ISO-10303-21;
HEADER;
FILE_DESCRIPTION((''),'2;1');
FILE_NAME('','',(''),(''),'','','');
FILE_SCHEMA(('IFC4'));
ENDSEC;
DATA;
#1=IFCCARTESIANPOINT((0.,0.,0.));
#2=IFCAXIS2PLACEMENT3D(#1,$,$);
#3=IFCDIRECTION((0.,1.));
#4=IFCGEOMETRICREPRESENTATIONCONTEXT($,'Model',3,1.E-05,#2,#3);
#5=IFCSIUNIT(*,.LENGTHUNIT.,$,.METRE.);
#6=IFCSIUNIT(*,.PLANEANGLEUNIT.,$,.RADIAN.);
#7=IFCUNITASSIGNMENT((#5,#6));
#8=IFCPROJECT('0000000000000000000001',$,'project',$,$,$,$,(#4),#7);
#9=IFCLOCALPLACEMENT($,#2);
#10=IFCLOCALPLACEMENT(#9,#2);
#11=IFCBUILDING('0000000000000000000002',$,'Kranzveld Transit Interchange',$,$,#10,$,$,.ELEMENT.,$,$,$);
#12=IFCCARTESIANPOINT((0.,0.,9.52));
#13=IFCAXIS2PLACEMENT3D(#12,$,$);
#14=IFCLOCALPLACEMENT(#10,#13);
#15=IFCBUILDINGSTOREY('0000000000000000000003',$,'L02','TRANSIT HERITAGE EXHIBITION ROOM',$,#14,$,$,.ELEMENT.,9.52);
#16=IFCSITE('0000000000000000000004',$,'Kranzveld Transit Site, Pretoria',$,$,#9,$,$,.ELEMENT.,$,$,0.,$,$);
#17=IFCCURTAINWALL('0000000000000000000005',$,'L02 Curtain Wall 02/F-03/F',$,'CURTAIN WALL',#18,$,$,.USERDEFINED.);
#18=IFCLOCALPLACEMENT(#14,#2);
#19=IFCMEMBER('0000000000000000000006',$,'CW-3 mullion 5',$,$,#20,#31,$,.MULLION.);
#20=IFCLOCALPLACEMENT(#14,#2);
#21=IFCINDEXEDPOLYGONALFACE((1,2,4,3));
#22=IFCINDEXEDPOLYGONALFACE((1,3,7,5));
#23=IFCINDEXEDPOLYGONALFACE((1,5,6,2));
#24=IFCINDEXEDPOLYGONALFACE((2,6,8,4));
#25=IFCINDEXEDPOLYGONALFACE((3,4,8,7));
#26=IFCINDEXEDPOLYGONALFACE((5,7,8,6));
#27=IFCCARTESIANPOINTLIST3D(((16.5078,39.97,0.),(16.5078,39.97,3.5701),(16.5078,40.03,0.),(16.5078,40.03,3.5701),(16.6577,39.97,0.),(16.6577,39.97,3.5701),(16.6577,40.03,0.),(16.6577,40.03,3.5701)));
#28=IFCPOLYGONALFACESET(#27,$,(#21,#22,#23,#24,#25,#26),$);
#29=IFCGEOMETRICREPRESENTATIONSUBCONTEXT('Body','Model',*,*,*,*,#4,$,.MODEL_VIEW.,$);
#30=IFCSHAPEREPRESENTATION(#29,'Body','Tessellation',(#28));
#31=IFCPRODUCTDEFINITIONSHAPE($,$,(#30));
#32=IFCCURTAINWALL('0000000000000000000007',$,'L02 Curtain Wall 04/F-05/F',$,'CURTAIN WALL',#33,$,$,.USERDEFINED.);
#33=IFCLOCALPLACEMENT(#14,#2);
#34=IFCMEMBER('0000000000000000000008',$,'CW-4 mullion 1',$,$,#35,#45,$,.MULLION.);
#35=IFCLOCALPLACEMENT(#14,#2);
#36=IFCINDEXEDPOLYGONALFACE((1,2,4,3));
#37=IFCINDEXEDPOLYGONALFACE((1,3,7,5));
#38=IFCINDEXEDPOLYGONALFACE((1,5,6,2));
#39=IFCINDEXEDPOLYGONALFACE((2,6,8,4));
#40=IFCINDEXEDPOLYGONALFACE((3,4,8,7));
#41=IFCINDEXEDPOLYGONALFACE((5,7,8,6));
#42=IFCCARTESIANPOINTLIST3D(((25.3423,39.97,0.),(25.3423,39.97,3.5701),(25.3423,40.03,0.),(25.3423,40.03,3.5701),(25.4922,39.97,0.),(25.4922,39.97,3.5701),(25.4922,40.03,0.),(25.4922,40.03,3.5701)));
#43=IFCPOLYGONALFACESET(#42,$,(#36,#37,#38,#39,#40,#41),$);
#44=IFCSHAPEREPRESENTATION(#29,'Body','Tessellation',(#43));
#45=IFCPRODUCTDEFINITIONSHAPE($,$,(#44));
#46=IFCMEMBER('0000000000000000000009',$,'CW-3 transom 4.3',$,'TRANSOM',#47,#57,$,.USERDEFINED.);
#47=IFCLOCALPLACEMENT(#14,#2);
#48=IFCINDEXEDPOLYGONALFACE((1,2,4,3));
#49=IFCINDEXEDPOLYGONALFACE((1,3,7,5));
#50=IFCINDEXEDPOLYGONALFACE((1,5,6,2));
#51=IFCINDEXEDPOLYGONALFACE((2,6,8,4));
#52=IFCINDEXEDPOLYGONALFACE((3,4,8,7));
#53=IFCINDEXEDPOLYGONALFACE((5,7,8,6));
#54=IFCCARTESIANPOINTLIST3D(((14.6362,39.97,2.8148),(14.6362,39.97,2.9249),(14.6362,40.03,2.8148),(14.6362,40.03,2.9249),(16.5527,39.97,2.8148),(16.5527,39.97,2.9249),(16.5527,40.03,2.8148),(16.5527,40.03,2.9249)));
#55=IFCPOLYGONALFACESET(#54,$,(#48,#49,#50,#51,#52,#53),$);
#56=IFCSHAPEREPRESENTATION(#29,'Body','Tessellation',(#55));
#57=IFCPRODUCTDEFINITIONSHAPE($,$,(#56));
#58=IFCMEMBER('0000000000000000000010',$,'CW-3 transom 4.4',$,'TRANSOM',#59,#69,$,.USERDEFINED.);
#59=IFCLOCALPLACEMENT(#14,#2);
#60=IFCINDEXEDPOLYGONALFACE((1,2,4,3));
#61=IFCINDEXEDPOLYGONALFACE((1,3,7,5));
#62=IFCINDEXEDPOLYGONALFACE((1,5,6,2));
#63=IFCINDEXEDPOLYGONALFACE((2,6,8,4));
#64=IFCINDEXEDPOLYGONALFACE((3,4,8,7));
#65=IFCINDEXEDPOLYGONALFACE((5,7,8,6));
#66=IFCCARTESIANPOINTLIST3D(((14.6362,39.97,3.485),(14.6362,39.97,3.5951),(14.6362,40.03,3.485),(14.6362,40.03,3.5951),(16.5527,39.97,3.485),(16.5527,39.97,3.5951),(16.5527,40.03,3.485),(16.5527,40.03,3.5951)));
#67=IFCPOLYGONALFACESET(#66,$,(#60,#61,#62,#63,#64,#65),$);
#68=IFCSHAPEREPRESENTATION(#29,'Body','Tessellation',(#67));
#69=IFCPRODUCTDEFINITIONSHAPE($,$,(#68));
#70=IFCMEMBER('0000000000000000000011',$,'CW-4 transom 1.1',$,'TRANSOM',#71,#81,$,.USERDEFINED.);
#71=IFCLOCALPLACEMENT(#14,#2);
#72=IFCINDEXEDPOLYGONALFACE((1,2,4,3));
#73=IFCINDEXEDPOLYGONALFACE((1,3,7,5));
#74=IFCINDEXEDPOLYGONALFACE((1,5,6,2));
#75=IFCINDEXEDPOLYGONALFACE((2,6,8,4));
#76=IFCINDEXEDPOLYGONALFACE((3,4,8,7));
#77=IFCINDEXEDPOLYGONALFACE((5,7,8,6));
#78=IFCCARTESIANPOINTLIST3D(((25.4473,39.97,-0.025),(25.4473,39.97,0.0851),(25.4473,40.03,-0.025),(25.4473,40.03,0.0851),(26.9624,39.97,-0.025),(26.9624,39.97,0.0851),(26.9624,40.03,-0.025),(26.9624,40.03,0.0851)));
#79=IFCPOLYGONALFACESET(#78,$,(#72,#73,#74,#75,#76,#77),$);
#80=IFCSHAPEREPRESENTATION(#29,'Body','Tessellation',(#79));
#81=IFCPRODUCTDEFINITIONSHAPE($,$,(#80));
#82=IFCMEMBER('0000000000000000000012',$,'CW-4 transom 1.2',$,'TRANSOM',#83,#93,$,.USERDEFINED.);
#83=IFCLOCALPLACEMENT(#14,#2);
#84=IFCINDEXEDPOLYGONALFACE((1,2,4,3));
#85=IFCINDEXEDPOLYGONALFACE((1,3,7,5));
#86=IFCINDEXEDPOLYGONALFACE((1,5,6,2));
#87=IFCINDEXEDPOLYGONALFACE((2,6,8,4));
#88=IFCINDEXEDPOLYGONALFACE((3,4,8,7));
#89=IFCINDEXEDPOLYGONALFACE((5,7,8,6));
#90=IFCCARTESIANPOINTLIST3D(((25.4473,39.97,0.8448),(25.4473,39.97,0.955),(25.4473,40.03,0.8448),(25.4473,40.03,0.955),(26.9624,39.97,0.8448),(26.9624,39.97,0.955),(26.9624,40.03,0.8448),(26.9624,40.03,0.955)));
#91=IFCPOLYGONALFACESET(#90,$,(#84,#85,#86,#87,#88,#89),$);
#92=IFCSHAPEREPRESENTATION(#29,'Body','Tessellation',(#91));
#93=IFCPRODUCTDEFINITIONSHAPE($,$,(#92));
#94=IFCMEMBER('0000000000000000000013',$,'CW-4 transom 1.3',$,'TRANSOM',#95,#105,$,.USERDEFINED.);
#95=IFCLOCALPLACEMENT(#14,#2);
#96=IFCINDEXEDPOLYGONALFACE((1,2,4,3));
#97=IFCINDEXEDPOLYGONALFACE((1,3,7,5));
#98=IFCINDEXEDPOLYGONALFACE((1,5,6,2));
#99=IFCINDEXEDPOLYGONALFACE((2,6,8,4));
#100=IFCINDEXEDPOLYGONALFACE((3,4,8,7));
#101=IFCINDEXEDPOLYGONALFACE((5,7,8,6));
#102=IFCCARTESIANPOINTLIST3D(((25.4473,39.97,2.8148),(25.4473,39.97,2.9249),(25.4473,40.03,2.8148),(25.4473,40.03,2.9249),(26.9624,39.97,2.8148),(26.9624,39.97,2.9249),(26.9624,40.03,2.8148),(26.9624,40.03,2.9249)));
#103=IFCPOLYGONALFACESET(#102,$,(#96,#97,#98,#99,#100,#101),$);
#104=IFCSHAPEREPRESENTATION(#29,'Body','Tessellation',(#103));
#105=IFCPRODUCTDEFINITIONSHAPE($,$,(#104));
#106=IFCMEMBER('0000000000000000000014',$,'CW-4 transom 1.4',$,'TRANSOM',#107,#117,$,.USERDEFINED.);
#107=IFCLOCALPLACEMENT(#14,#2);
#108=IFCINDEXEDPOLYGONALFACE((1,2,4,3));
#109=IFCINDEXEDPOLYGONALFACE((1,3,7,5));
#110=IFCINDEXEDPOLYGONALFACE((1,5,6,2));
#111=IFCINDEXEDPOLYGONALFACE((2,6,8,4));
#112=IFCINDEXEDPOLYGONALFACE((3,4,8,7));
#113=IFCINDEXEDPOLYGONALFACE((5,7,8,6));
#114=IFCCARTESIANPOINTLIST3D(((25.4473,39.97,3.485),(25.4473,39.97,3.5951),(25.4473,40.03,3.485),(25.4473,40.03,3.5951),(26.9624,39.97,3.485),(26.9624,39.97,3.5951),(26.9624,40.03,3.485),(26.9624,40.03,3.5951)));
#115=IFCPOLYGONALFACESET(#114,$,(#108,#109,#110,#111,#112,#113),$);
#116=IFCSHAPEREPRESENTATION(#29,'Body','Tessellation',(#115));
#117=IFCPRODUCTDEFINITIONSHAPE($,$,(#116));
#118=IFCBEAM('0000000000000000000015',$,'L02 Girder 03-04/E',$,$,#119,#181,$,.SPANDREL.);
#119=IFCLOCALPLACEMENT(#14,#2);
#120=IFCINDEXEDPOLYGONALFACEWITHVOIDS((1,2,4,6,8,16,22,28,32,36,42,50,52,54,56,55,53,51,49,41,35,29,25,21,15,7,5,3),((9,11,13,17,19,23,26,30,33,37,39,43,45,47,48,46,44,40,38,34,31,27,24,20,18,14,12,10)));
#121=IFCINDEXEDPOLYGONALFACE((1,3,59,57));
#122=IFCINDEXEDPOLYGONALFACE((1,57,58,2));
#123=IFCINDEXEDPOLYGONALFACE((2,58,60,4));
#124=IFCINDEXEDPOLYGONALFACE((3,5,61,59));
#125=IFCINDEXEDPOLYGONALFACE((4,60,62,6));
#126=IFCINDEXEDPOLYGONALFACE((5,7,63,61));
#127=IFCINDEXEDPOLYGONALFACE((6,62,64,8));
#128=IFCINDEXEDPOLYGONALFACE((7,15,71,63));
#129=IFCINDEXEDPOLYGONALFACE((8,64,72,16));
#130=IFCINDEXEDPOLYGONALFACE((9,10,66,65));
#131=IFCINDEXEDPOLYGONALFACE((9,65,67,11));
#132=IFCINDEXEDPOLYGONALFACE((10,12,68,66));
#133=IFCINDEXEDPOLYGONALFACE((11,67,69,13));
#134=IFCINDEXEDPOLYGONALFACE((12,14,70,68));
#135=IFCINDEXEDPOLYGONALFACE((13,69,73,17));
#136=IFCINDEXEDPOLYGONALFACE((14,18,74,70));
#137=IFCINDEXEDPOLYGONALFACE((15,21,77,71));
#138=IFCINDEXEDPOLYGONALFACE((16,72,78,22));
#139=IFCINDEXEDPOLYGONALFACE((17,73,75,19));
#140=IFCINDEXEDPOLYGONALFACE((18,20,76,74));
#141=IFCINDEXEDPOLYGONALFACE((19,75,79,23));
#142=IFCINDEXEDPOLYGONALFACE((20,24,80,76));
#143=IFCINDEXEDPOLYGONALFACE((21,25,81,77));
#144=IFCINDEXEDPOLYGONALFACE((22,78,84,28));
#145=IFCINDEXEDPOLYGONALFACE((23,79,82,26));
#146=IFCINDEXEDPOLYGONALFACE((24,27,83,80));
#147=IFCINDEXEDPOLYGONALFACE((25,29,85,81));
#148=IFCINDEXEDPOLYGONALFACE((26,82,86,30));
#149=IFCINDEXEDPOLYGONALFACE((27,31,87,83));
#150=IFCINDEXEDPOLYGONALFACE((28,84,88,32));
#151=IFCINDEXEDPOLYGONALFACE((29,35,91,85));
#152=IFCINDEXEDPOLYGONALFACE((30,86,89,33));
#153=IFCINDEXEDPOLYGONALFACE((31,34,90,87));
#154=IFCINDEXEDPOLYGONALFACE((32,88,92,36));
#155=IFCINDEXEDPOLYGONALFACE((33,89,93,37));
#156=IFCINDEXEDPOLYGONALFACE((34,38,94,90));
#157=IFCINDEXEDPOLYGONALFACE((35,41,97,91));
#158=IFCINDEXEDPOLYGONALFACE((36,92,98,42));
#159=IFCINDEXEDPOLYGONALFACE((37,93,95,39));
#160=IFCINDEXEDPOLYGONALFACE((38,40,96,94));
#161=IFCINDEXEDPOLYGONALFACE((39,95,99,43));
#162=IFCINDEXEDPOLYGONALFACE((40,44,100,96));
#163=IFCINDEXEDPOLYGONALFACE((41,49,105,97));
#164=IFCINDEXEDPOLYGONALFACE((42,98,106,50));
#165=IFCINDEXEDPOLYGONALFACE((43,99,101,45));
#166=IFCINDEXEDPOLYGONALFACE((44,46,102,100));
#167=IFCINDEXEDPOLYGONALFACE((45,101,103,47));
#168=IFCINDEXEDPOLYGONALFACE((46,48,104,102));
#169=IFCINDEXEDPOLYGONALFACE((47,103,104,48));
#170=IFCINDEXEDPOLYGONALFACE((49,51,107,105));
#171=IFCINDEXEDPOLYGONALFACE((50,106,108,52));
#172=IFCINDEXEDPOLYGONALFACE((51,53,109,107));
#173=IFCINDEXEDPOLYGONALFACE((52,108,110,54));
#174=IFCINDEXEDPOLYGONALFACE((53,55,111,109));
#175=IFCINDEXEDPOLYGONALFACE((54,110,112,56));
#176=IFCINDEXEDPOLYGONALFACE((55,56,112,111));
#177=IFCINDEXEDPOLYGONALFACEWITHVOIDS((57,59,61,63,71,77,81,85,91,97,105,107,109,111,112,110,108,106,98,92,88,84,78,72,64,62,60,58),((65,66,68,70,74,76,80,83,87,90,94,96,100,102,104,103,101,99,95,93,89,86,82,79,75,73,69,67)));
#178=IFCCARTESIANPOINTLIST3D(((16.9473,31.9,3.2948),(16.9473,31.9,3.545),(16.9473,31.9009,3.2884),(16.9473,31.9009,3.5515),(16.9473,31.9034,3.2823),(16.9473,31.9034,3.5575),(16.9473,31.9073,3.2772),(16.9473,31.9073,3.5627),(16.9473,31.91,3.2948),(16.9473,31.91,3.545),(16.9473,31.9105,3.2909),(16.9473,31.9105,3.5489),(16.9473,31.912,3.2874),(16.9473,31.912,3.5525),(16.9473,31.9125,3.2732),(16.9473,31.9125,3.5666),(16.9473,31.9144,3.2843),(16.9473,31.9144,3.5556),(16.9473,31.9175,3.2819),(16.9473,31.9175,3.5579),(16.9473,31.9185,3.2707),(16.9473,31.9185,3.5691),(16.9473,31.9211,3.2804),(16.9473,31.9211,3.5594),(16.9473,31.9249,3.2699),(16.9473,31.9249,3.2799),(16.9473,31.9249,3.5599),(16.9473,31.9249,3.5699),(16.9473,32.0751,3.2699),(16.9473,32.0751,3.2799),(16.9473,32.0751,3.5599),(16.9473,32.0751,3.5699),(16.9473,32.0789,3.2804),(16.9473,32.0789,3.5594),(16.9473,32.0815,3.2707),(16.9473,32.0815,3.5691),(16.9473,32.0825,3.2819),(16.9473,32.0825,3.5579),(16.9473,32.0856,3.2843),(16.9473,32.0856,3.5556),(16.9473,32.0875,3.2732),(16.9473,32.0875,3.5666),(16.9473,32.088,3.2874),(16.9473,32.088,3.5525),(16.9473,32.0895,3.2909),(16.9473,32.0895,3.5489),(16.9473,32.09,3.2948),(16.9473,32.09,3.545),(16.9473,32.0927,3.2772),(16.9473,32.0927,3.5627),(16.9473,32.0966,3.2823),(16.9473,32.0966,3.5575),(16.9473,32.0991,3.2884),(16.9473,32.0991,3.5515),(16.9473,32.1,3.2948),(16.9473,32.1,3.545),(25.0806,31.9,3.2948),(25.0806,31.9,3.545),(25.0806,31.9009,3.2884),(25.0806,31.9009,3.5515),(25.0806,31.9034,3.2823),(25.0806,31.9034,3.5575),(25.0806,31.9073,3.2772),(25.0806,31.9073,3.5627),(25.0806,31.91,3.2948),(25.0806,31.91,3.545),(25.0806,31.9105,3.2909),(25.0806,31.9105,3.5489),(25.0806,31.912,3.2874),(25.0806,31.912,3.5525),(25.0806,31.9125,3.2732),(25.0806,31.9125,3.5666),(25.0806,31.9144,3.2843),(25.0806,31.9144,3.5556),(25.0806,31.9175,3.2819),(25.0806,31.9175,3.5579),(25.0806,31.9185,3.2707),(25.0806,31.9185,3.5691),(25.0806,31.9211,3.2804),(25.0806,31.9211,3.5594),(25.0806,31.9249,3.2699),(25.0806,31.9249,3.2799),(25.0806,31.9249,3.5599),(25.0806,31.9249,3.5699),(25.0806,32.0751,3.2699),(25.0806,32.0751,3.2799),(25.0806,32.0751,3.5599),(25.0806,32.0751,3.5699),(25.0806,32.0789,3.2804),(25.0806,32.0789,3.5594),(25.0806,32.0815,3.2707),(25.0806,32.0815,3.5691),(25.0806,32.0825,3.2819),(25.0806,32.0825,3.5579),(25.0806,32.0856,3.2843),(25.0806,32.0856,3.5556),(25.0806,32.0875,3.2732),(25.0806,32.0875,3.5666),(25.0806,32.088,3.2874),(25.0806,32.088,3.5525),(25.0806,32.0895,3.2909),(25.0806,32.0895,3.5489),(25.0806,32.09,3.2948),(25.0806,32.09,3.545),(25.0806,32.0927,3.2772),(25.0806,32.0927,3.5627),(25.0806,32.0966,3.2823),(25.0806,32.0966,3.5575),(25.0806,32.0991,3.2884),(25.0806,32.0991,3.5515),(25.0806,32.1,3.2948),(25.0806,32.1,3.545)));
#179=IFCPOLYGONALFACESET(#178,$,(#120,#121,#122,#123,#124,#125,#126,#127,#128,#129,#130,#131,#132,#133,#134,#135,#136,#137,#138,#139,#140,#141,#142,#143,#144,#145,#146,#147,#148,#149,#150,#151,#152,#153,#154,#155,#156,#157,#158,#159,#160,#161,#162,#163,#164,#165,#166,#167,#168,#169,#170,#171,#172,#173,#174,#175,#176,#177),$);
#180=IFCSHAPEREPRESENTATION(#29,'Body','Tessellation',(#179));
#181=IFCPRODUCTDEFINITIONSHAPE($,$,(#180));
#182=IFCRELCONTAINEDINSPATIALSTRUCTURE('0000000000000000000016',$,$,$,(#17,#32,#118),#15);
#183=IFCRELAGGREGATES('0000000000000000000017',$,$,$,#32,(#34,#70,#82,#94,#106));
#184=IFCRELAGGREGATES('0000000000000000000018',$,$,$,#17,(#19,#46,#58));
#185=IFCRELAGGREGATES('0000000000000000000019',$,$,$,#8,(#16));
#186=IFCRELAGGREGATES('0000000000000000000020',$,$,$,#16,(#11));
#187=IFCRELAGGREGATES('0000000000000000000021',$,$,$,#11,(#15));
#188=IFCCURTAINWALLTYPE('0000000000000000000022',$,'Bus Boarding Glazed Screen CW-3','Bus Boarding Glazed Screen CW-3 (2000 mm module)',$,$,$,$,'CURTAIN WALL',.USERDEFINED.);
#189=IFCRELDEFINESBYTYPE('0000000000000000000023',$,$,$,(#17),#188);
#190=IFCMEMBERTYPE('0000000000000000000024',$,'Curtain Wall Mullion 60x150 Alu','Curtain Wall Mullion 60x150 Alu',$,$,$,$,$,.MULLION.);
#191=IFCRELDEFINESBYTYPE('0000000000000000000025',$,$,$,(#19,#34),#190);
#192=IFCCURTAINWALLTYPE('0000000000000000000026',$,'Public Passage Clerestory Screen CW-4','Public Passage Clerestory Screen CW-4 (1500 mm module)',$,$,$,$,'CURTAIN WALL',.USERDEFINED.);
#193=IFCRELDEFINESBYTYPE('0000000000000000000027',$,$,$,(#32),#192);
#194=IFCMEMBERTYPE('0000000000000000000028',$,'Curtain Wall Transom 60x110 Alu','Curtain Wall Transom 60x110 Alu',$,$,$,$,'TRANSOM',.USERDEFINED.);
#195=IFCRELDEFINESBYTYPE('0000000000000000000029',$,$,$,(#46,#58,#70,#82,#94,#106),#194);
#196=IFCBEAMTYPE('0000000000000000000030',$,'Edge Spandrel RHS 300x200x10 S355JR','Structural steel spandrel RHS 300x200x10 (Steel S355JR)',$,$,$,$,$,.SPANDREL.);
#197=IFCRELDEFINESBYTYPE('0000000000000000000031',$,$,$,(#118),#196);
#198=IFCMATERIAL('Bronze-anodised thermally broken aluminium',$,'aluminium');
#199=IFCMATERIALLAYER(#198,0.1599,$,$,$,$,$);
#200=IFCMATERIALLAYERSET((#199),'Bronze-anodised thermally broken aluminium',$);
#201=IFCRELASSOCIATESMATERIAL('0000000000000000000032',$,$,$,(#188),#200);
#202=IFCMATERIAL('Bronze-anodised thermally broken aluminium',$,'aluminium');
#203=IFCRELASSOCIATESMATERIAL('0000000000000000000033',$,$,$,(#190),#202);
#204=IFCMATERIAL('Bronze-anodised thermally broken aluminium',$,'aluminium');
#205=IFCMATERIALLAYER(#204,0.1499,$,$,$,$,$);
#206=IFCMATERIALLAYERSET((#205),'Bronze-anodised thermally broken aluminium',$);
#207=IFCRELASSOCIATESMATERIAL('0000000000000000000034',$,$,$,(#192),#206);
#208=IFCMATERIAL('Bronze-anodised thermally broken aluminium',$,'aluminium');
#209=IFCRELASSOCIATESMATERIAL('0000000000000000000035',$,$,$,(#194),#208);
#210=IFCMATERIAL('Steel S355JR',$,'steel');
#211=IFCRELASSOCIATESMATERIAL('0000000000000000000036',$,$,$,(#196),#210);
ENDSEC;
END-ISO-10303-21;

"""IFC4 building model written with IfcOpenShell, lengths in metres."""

from ifc_helpers import new_model, si_unit, direction, frame, origin, origin_2d, place, context, subcontext, project, spatial, rectangle, hollow_rectangle, extrude, material, layer, layer_set, material_profile, profile_set, type_object, element, aggregate, save


model = new_model("IFC4")

# Units and contexts
model_context = context("Model", 3, precision=1e-05, world=origin(), true_north=direction((0.0, 1.0)))
body_context = subcontext(model_context, "Body", "Model", "MODEL_VIEW")
ifc_project = project(units=[si_unit("LENGTHUNIT", "METRE"), si_unit("PLANEANGLEUNIT", "RADIAN")], contexts=[model_context])

# Site, building, storey
site_placement = place(None, origin())
site = spatial("IfcSite", under=ifc_project, at=site_placement, Name="Kranzveld Transit Site, Pretoria", CompositionType="ELEMENT", RefElevation=0.0)
building_placement = place(site_placement, origin())
building = spatial("IfcBuilding", under=site, at=building_placement, Name="Kranzveld Transit Interchange", CompositionType="ELEMENT")
storey_placement = place(building_placement, frame((0.0, 0.0, 9.52)))
storey = spatial("IfcBuildingStorey", under=building, at=storey_placement, Name="L02", Description="TRANSIT HERITAGE EXHIBITION ROOM", CompositionType="ELEMENT", Elevation=9.52)

# Curtain walls, members
ifc_material_1 = material(Name="Bronze-anodised thermally broken aluminium", Category="aluminium")
ifc_layer_1 = layer(ifc_material_1, 0.1599)
ifc_layer_set_1 = layer_set([ifc_layer_1], Name="Bronze-anodised thermally broken aluminium")
curtain_wall_type_1 = type_object("IfcCurtainWallType", Name="Bus Boarding Glazed Screen CW-3", Description="Bus Boarding Glazed Screen CW-3 (2000 mm module)", ElementType="CURTAIN WALL", PredefinedType="USERDEFINED", material=ifc_layer_set_1)
curtain_wall_1_placement = place(storey_placement, origin())
curtain_wall_1 = element("IfcCurtainWall", 1, at=curtain_wall_1_placement, inside=storey, type_object=curtain_wall_type_1, Name="L02 Curtain Wall 02/F-03/F", ObjectType="CURTAIN WALL", PredefinedType="USERDEFINED")
ifc_material_2 = material(Name="Bronze-anodised thermally broken aluminium", Category="aluminium")
ifc_material_profile_1 = material_profile(ifc_material_2, rectangle(XDim=0.0601, YDim=0.1499, at=origin_2d()), Name="ALU MULLION 60x150")
ifc_profile_set_1 = profile_set([ifc_material_profile_1], Name="Bronze-anodised thermally broken aluminium")
member_type_1 = type_object("IfcMemberType", Name="Curtain Wall Mullion 60x150 Alu", Description="Curtain Wall Mullion 60x150 Alu", PredefinedType="MULLION", material=ifc_profile_set_1)
member_1_placement = place(storey_placement, frame((16.5828, 40.0, 0.0), z_axis=(0.0, 0.0, 1.0), x_axis=(0.0, 1.0, 0.0)))
member_1 = element("IfcMember", 2, at=member_1_placement, type_object=member_type_1, Name="CW-3 mullion 5", PredefinedType="MULLION", context=body_context, shape_type="SweptSolid", body=[
    extrude(rectangle(XDim=0.0601, YDim=0.1499, at=origin_2d()), origin(), (0.0, 0.0, 1.0), 3.5701),
])
ifc_material_3 = material(Name="Bronze-anodised thermally broken aluminium", Category="aluminium")
ifc_layer_2 = layer(ifc_material_3, 0.1499)
ifc_layer_set_2 = layer_set([ifc_layer_2], Name="Bronze-anodised thermally broken aluminium")
curtain_wall_type_2 = type_object("IfcCurtainWallType", Name="Public Passage Clerestory Screen CW-4", Description="Public Passage Clerestory Screen CW-4 (1500 mm module)", ElementType="CURTAIN WALL", PredefinedType="USERDEFINED", material=ifc_layer_set_2)
curtain_wall_2_placement = place(storey_placement, origin())
curtain_wall_2 = element("IfcCurtainWall", 3, at=curtain_wall_2_placement, inside=storey, type_object=curtain_wall_type_2, Name="L02 Curtain Wall 04/F-05/F", ObjectType="CURTAIN WALL", PredefinedType="USERDEFINED")
member_2_placement = place(storey_placement, frame((25.4172, 40.0, 0.0), z_axis=(0.0, 0.0, 1.0), x_axis=(0.0, 1.0, 0.0)))
member_2 = element("IfcMember", 4, at=member_2_placement, type_object=member_type_1, Name="CW-4 mullion 1", PredefinedType="MULLION", context=body_context, shape_type="SweptSolid", body=[
    extrude(rectangle(XDim=0.0601, YDim=0.1499, at=origin_2d()), origin(), (0.0, 0.0, 1.0), 3.5701),
])

# Members
ifc_material_4 = material(Name="Bronze-anodised thermally broken aluminium", Category="aluminium")
ifc_material_profile_2 = material_profile(ifc_material_4, rectangle(XDim=0.0601, YDim=0.1101, at=origin_2d()), Name="ALU TRANSOM 60x110")
ifc_profile_set_2 = profile_set([ifc_material_profile_2], Name="Bronze-anodised thermally broken aluminium")
member_type_2 = type_object("IfcMemberType", Name="Curtain Wall Transom 60x110 Alu", Description="Curtain Wall Transom 60x110 Alu", ElementType="TRANSOM", PredefinedType="USERDEFINED", material=ifc_profile_set_2)
member_3_placement = place(storey_placement, frame((14.6362, 40.0, 2.8699), z_axis=(1.0, 0.0, 0.0), x_axis=(0.0, 1.0, 0.0)))
member_3 = element("IfcMember", 5, at=member_3_placement, type_object=member_type_2, Name="CW-3 transom 4.3", ObjectType="TRANSOM", PredefinedType="USERDEFINED", context=body_context, shape_type="SweptSolid", body=[
    extrude(rectangle(XDim=0.0601, YDim=0.1101, at=origin_2d()), origin(), (0.0, 0.0, 1.0), 1.9165),
])
member_4_placement = place(storey_placement, frame((14.6362, 40.0, 3.54), z_axis=(1.0, 0.0, 0.0), x_axis=(0.0, 1.0, 0.0)))
member_4 = element("IfcMember", 6, at=member_4_placement, type_object=member_type_2, Name="CW-3 transom 4.4", ObjectType="TRANSOM", PredefinedType="USERDEFINED", context=body_context, shape_type="SweptSolid", body=[
    extrude(rectangle(XDim=0.0601, YDim=0.1101, at=origin_2d()), origin(), (0.0, 0.0, 1.0), 1.9165),
])
member_5_placement = place(storey_placement, frame((25.4473, 40.0, 0.03), z_axis=(1.0, 0.0, 0.0), x_axis=(0.0, 1.0, 0.0)))
member_5 = element("IfcMember", 7, at=member_5_placement, type_object=member_type_2, Name="CW-4 transom 1.1", ObjectType="TRANSOM", PredefinedType="USERDEFINED", context=body_context, shape_type="SweptSolid", body=[
    extrude(rectangle(XDim=0.0601, YDim=0.1101, at=origin_2d()), origin(), (0.0, 0.0, 1.0), 1.5151),
])
member_6_placement = place(storey_placement, frame((25.4473, 40.0, 0.8999), z_axis=(1.0, 0.0, 0.0), x_axis=(0.0, 1.0, 0.0)))
member_6 = element("IfcMember", 8, at=member_6_placement, type_object=member_type_2, Name="CW-4 transom 1.2", ObjectType="TRANSOM", PredefinedType="USERDEFINED", context=body_context, shape_type="SweptSolid", body=[
    extrude(rectangle(XDim=0.0601, YDim=0.1101, at=origin_2d()), origin(), (0.0, 0.0, 1.0), 1.5151),
])
member_7_placement = place(storey_placement, frame((25.4473, 40.0, 2.8699), z_axis=(1.0, 0.0, 0.0), x_axis=(0.0, 1.0, 0.0)))
member_7 = element("IfcMember", 9, at=member_7_placement, type_object=member_type_2, Name="CW-4 transom 1.3", ObjectType="TRANSOM", PredefinedType="USERDEFINED", context=body_context, shape_type="SweptSolid", body=[
    extrude(rectangle(XDim=0.0601, YDim=0.1101, at=origin_2d()), origin(), (0.0, 0.0, 1.0), 1.5151),
])
member_8_placement = place(storey_placement, frame((25.4473, 40.0, 3.54), z_axis=(1.0, 0.0, 0.0), x_axis=(0.0, 1.0, 0.0)))
member_8 = element("IfcMember", 10, at=member_8_placement, type_object=member_type_2, Name="CW-4 transom 1.4", ObjectType="TRANSOM", PredefinedType="USERDEFINED", context=body_context, shape_type="SweptSolid", body=[
    extrude(rectangle(XDim=0.0601, YDim=0.1101, at=origin_2d()), origin(), (0.0, 0.0, 1.0), 1.5151),
])
aggregate(curtain_wall_2, [member_2, member_5, member_6, member_7, member_8])

# Beam
ifc_material_5 = material(Name="Steel S355JR", Category="steel")
ifc_material_profile_3 = material_profile(ifc_material_5, hollow_rectangle(XDim=0.2, YDim=0.3, WallThickness=0.01, InnerFilletRadius=0.0149, OuterFilletRadius=0.0249, at=origin_2d()), Name="RHS 300x200x10")
ifc_profile_set_3 = profile_set([ifc_material_profile_3], Name="Steel S355JR")
beam_type_1 = type_object("IfcBeamType", Name="Edge Spandrel RHS 300x200x10 S355JR", Description="Structural steel spandrel RHS 300x200x10 (Steel S355JR)", PredefinedType="SPANDREL", material=ifc_profile_set_3)
beam_1_placement = place(storey_placement, frame((16.9473, 32.0, 3.4199), z_axis=(1.0, 0.0, 0.0), x_axis=(0.0, 1.0, 0.0)))
element("IfcBeam", 11, at=beam_1_placement, inside=storey, type_object=beam_type_1, Name="L02 Girder 03-04/E", PredefinedType="SPANDREL", context=body_context, shape_type="SweptSolid", body=[
    extrude(hollow_rectangle(XDim=0.2, YDim=0.3, WallThickness=0.01, InnerFilletRadius=0.0149, OuterFilletRadius=0.0249, at=origin_2d()), origin(), (0.0, 0.0, 1.0), 8.1333),
])

aggregate(curtain_wall_1, [member_1, member_3, member_4])

save(model, "model.ifc")
